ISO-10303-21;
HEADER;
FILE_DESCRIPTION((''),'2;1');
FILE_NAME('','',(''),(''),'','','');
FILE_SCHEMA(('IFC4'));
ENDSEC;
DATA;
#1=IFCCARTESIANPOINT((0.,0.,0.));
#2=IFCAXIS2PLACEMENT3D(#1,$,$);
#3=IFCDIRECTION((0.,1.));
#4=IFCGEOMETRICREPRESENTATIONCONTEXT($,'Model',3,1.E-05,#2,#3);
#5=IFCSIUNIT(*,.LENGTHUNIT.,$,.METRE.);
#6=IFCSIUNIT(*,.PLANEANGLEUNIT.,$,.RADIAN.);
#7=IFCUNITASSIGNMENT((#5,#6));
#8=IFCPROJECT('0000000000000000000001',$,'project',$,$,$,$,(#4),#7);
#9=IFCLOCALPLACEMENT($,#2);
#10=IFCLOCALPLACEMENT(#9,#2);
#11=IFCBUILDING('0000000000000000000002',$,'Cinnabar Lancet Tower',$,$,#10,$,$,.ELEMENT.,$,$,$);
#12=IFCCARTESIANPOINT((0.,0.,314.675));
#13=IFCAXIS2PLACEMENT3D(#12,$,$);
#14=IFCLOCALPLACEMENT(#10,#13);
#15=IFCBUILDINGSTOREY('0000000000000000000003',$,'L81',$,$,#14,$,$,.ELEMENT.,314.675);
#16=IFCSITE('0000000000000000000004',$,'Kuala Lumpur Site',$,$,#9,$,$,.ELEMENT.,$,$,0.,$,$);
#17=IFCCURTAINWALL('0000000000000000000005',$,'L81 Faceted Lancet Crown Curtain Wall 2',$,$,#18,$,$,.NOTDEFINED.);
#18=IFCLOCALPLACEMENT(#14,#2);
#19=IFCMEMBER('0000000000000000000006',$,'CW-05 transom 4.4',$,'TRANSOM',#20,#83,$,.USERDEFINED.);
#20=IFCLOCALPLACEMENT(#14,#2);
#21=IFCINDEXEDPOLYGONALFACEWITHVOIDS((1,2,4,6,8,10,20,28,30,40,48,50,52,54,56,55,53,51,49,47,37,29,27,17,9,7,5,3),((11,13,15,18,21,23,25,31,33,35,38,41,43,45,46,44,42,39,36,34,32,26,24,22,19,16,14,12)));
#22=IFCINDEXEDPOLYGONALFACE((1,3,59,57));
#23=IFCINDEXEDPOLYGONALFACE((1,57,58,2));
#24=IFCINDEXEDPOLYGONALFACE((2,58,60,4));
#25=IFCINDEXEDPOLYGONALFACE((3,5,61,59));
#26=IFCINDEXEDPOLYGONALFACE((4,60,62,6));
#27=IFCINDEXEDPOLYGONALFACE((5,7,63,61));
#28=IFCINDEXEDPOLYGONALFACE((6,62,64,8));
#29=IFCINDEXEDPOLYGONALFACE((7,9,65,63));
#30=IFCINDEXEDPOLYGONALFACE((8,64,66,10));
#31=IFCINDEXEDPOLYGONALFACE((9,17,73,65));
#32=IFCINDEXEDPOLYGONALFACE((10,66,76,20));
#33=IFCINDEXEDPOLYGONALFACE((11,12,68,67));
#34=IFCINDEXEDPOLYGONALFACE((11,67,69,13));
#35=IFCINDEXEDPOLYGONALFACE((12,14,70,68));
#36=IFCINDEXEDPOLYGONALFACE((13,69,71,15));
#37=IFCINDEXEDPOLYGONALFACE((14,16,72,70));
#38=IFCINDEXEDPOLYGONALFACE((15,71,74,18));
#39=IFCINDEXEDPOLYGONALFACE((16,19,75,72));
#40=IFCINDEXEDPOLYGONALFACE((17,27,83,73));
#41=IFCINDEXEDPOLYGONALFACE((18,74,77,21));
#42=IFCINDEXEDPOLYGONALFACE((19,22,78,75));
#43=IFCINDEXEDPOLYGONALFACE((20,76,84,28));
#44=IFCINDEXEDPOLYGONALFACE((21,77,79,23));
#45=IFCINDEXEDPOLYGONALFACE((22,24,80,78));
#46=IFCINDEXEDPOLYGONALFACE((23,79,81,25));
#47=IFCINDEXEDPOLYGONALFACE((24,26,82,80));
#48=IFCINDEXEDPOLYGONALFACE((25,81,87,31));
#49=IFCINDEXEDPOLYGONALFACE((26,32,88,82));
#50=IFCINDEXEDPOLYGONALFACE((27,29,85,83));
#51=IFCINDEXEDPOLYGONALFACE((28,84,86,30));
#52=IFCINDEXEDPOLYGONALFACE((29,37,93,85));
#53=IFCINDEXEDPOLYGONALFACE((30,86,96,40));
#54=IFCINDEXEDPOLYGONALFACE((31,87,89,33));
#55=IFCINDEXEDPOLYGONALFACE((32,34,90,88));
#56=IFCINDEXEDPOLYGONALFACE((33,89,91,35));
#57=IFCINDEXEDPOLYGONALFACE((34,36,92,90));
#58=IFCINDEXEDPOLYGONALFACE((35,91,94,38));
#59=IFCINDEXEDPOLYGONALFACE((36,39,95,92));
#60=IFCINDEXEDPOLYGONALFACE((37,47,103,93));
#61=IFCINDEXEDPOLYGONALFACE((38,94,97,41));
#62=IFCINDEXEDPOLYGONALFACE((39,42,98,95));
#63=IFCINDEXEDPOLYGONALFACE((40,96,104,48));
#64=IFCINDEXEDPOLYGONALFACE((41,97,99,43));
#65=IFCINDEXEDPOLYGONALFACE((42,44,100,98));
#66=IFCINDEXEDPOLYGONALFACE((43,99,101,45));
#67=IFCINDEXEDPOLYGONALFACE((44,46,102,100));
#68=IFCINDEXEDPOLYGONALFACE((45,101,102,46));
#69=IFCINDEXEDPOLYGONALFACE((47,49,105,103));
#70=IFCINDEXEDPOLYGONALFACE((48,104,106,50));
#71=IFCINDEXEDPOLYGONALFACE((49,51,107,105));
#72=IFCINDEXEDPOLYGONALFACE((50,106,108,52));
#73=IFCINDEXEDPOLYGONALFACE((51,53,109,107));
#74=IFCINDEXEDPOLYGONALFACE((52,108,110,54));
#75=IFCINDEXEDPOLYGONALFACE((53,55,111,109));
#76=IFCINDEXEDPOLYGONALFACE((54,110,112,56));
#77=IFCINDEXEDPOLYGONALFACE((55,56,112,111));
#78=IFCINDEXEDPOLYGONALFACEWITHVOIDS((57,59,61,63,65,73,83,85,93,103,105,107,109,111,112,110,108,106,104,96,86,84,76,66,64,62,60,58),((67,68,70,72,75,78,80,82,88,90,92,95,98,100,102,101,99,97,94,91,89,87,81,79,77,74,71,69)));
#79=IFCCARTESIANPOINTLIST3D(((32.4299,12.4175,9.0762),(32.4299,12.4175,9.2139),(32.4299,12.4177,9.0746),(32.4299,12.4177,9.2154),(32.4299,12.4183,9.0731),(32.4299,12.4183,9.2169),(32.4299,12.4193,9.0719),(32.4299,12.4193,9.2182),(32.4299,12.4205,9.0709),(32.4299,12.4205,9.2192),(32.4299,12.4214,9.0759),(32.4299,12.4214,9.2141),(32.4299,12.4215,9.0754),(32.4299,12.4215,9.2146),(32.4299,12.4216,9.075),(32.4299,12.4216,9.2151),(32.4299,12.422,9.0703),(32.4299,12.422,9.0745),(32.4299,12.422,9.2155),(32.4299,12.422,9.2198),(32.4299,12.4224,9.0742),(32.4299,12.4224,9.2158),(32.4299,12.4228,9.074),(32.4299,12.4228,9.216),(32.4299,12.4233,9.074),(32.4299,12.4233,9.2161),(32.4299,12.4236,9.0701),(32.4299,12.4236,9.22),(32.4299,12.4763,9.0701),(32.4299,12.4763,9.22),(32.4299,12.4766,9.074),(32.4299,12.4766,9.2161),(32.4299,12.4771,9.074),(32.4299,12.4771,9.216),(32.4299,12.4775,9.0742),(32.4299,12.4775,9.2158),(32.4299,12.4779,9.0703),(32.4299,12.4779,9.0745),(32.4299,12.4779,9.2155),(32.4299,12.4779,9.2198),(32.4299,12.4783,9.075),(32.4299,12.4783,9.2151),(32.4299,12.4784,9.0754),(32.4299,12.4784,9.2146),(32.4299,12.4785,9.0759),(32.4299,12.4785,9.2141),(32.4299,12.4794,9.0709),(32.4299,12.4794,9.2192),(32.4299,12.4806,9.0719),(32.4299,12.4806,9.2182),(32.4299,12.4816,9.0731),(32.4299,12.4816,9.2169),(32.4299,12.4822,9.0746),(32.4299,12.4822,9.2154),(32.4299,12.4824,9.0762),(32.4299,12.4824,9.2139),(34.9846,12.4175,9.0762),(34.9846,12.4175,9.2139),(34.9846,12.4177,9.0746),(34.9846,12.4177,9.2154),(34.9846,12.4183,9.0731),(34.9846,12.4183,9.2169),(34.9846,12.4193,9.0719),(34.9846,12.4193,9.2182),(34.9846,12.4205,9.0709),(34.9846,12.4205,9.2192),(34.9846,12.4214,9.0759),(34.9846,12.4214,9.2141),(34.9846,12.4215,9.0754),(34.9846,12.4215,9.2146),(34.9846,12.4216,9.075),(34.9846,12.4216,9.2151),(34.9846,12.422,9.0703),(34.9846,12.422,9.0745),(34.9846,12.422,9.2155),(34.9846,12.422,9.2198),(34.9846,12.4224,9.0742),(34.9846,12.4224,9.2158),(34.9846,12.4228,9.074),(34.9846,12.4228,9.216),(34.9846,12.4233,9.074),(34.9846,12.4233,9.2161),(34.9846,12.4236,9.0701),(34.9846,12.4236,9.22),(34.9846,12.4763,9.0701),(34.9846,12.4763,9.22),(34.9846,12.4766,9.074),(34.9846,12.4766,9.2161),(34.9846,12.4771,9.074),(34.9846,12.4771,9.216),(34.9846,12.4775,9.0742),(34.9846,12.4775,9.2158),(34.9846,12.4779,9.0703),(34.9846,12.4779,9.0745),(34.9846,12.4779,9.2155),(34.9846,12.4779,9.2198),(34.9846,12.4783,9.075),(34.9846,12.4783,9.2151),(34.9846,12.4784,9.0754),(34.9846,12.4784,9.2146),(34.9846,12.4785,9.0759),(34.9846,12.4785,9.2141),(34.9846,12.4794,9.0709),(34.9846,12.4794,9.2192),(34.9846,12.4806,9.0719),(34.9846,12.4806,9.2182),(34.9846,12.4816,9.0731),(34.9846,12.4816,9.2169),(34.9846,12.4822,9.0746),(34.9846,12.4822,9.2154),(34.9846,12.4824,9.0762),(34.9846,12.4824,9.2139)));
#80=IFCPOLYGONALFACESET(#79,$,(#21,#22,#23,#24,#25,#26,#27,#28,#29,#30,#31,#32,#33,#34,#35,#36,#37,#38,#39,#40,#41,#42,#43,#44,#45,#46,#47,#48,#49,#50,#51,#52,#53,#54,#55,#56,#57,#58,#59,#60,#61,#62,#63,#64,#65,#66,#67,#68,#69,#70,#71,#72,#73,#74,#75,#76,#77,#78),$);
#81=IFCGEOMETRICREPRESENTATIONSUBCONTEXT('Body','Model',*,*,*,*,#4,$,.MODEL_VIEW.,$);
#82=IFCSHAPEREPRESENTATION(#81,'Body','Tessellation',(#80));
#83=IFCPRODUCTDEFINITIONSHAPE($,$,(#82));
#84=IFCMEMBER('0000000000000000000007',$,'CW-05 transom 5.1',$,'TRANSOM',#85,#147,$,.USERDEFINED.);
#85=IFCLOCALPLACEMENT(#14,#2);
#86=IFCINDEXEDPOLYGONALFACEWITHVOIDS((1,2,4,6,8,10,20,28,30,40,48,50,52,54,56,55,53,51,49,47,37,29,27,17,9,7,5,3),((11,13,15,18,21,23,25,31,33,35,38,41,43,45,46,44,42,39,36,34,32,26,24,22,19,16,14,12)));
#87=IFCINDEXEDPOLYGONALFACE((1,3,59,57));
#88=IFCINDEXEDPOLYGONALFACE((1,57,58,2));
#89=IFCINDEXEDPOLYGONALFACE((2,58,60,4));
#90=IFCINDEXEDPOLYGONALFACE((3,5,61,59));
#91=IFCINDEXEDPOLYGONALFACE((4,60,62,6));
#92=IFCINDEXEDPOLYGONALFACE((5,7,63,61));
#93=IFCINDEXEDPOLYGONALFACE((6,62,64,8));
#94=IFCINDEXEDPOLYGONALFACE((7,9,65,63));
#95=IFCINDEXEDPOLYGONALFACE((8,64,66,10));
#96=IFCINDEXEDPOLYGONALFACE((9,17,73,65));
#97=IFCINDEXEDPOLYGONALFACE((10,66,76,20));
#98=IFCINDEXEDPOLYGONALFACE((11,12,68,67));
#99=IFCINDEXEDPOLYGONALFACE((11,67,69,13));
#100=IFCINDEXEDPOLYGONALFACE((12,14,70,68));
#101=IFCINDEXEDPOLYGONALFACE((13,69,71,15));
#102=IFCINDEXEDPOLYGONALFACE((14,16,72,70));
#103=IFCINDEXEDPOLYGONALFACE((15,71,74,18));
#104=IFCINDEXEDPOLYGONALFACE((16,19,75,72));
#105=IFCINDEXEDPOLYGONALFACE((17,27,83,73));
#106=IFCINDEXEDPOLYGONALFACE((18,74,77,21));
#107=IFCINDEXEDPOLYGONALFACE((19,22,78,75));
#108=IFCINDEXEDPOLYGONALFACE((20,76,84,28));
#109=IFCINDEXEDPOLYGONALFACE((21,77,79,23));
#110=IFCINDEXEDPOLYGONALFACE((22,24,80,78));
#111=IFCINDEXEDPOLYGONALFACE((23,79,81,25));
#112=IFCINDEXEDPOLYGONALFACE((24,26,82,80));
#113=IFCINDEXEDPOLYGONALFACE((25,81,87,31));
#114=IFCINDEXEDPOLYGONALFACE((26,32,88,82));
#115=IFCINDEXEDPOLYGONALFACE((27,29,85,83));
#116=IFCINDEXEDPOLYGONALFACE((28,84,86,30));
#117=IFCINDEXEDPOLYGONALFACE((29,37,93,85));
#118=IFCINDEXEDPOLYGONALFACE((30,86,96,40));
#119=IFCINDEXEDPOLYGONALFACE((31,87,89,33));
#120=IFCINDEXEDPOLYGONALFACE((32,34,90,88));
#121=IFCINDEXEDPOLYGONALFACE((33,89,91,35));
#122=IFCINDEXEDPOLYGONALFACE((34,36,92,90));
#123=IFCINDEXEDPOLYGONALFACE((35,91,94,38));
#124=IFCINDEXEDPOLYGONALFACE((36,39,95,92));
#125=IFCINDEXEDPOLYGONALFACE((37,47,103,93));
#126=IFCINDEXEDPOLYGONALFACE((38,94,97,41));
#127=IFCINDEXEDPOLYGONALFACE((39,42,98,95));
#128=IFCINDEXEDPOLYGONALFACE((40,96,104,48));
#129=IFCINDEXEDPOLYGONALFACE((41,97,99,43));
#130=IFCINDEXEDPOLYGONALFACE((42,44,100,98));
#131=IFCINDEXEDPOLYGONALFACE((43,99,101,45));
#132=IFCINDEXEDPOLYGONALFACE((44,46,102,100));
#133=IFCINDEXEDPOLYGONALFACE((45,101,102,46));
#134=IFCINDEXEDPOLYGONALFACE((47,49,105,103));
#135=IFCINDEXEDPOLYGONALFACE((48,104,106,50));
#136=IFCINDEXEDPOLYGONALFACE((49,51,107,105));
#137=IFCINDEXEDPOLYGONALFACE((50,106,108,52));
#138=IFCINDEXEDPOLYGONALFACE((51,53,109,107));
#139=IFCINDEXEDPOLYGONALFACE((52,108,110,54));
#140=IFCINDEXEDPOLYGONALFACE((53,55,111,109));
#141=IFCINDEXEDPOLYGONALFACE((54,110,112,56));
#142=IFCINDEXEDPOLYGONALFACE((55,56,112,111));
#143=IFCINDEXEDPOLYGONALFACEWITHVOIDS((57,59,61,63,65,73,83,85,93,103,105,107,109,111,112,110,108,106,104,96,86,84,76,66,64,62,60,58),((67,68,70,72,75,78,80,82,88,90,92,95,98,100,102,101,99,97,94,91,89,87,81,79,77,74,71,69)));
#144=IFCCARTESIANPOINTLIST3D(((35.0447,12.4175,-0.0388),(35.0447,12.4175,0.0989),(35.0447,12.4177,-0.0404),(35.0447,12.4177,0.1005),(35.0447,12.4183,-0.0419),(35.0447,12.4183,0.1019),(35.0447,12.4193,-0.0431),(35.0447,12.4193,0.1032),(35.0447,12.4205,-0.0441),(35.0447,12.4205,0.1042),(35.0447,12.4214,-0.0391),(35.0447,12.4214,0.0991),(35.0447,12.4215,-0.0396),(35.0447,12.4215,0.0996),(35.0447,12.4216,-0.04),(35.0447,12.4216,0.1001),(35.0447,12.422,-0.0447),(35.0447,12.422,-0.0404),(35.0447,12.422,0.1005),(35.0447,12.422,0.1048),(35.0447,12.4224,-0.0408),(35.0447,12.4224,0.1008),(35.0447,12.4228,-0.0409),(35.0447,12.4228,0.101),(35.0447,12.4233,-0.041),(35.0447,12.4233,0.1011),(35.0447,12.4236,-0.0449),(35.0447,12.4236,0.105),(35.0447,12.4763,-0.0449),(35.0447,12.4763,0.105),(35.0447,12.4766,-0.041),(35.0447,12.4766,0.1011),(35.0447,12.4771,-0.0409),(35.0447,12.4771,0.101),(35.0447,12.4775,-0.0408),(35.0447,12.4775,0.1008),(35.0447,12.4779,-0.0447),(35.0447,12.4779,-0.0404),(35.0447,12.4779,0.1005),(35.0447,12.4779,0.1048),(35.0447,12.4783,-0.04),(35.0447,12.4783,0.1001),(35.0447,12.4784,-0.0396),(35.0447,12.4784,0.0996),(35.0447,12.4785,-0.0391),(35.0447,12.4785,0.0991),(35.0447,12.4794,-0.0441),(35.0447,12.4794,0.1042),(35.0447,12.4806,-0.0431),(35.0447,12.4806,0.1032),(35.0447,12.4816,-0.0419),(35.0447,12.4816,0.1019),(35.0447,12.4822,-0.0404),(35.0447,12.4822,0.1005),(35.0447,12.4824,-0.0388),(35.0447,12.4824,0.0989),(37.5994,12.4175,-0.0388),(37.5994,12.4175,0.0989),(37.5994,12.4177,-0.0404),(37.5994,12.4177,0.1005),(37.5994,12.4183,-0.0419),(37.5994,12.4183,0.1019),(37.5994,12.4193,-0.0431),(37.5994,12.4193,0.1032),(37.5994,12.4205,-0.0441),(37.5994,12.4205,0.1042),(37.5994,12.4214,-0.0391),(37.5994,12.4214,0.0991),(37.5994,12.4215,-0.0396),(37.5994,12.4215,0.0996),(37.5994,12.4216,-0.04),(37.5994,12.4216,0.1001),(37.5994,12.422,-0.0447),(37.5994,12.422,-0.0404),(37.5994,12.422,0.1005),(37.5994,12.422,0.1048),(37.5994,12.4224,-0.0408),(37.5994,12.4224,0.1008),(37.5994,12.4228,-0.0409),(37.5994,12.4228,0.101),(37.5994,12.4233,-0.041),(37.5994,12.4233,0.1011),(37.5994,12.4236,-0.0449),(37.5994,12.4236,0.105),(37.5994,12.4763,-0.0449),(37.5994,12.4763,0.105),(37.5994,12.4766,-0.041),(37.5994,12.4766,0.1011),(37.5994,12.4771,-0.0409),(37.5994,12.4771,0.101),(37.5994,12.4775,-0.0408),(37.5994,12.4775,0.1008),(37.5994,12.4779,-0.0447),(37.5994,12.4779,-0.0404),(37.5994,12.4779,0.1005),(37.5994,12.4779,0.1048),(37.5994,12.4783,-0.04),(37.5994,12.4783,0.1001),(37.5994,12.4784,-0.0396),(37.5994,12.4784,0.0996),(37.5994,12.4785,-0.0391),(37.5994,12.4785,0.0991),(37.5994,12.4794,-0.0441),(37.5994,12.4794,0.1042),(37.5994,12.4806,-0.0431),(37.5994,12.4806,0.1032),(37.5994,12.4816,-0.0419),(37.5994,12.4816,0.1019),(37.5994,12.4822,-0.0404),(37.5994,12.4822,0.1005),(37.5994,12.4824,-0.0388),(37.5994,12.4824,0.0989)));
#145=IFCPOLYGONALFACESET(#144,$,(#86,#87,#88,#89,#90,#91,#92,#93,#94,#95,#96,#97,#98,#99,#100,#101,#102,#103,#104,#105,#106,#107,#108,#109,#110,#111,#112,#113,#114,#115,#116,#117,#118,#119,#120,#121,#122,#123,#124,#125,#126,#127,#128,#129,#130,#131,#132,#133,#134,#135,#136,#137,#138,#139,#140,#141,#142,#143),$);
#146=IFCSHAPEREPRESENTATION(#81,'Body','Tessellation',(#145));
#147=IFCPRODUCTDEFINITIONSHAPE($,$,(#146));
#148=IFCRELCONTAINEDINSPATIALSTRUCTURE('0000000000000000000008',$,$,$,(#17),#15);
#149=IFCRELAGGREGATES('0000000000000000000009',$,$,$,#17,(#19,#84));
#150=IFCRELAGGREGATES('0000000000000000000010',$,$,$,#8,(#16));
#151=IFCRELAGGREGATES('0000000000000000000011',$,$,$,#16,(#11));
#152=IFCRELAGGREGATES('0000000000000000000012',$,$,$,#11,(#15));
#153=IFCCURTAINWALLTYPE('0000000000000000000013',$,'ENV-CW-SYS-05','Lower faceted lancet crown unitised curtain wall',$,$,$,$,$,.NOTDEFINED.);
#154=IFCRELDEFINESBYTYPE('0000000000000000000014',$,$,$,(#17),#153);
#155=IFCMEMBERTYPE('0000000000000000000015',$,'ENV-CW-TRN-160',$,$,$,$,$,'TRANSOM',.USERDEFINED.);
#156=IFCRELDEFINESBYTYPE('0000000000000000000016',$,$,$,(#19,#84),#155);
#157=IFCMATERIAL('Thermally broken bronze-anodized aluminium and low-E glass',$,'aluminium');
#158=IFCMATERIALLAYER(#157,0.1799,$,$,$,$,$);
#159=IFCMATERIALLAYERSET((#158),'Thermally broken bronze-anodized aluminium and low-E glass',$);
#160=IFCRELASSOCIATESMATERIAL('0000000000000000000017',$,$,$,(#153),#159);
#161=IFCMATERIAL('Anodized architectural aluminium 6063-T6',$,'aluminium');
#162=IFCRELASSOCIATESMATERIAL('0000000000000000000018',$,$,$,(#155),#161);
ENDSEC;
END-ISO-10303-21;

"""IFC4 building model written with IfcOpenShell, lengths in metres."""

from ifc_helpers import new_model, si_unit, direction, frame, origin, origin_2d, place, context, subcontext, project, spatial, hollow_rectangle, extrude, material, layer, layer_set, material_profile, profile_set, type_object, element, aggregate, save


model = new_model("IFC4")

# Units and contexts
model_context = context("Model", 3, precision=1e-05, world=origin(), true_north=direction((0.0, 1.0)))
body_context = subcontext(model_context, "Body", "Model", "MODEL_VIEW")
ifc_project = project(units=[si_unit("LENGTHUNIT", "METRE"), si_unit("PLANEANGLEUNIT", "RADIAN")], contexts=[model_context])

# Site, building, storey
site_placement = place(None, origin())
site = spatial("IfcSite", under=ifc_project, at=site_placement, Name="Kuala Lumpur Site", CompositionType="ELEMENT", RefElevation=0.0)
building_placement = place(site_placement, origin())
building = spatial("IfcBuilding", under=site, at=building_placement, Name="Cinnabar Lancet Tower", CompositionType="ELEMENT")
storey_placement = place(building_placement, frame((0.0, 0.0, 314.675)))
storey = spatial("IfcBuildingStorey", under=building, at=storey_placement, Name="L81", CompositionType="ELEMENT", Elevation=314.675)

# Curtain wall
ifc_material_1 = material(Name="Thermally broken bronze-anodized aluminium and low-E glass", Category="aluminium")
ifc_layer_1 = layer(ifc_material_1, 0.1799)
ifc_layer_set_1 = layer_set([ifc_layer_1], Name="Thermally broken bronze-anodized aluminium and low-E glass")
curtain_wall_type = type_object("IfcCurtainWallType", Name="ENV-CW-SYS-05", Description="Lower faceted lancet crown unitised curtain wall", PredefinedType="NOTDEFINED", material=ifc_layer_set_1)
curtain_wall_1_placement = place(storey_placement, origin())
curtain_wall_1 = element("IfcCurtainWall", 1, at=curtain_wall_1_placement, inside=storey, type_object=curtain_wall_type, Name="L81 Faceted Lancet Crown Curtain Wall 2", PredefinedType="NOTDEFINED")

# Members
ifc_material_2 = material(Name="Anodized architectural aluminium 6063-T6", Category="aluminium")
ifc_material_profile_1 = material_profile(ifc_material_2, hollow_rectangle(XDim=0.0649, YDim=0.1499, WallThickness=0.0039, InnerFilletRadius=0.002, OuterFilletRadius=0.0061, at=origin_2d()), Name="CW-TRN 150x65x4")
ifc_profile_set_1 = profile_set([ifc_material_profile_1], Name="Anodized architectural aluminium 6063-T6")
member_type_1 = type_object("IfcMemberType", Name="ENV-CW-TRN-160", ElementType="TRANSOM", PredefinedType="USERDEFINED", material=ifc_profile_set_1)
member_1_placement = place(storey_placement, frame((32.4299, 12.45, 9.145), z_axis=(1.0, 0.0, 0.0), x_axis=(0.0, 1.0, 0.0)))
member_1 = element("IfcMember", 2, at=member_1_placement, type_object=member_type_1, Name="CW-05 transom 4.4", ObjectType="TRANSOM", PredefinedType="USERDEFINED", context=body_context, shape_type="SweptSolid", body=[
    extrude(hollow_rectangle(XDim=0.0649, YDim=0.1499, WallThickness=0.0039, InnerFilletRadius=0.002, OuterFilletRadius=0.0061, at=origin_2d()), origin(), (0.0, 0.0, 1.0), 2.5547),
])
member_2_placement = place(storey_placement, frame((35.0447, 12.45, 0.03), z_axis=(1.0, 0.0, 0.0), x_axis=(0.0, 1.0, 0.0)))
member_2 = element("IfcMember", 3, at=member_2_placement, type_object=member_type_1, Name="CW-05 transom 5.1", ObjectType="TRANSOM", PredefinedType="USERDEFINED", context=body_context, shape_type="SweptSolid", body=[
    extrude(hollow_rectangle(XDim=0.0649, YDim=0.1499, WallThickness=0.0039, InnerFilletRadius=0.002, OuterFilletRadius=0.0061, at=origin_2d()), origin(), (0.0, 0.0, 1.0), 2.5547),
])

aggregate(curtain_wall_1, [member_1, member_2])

save(model, "model.ifc")
